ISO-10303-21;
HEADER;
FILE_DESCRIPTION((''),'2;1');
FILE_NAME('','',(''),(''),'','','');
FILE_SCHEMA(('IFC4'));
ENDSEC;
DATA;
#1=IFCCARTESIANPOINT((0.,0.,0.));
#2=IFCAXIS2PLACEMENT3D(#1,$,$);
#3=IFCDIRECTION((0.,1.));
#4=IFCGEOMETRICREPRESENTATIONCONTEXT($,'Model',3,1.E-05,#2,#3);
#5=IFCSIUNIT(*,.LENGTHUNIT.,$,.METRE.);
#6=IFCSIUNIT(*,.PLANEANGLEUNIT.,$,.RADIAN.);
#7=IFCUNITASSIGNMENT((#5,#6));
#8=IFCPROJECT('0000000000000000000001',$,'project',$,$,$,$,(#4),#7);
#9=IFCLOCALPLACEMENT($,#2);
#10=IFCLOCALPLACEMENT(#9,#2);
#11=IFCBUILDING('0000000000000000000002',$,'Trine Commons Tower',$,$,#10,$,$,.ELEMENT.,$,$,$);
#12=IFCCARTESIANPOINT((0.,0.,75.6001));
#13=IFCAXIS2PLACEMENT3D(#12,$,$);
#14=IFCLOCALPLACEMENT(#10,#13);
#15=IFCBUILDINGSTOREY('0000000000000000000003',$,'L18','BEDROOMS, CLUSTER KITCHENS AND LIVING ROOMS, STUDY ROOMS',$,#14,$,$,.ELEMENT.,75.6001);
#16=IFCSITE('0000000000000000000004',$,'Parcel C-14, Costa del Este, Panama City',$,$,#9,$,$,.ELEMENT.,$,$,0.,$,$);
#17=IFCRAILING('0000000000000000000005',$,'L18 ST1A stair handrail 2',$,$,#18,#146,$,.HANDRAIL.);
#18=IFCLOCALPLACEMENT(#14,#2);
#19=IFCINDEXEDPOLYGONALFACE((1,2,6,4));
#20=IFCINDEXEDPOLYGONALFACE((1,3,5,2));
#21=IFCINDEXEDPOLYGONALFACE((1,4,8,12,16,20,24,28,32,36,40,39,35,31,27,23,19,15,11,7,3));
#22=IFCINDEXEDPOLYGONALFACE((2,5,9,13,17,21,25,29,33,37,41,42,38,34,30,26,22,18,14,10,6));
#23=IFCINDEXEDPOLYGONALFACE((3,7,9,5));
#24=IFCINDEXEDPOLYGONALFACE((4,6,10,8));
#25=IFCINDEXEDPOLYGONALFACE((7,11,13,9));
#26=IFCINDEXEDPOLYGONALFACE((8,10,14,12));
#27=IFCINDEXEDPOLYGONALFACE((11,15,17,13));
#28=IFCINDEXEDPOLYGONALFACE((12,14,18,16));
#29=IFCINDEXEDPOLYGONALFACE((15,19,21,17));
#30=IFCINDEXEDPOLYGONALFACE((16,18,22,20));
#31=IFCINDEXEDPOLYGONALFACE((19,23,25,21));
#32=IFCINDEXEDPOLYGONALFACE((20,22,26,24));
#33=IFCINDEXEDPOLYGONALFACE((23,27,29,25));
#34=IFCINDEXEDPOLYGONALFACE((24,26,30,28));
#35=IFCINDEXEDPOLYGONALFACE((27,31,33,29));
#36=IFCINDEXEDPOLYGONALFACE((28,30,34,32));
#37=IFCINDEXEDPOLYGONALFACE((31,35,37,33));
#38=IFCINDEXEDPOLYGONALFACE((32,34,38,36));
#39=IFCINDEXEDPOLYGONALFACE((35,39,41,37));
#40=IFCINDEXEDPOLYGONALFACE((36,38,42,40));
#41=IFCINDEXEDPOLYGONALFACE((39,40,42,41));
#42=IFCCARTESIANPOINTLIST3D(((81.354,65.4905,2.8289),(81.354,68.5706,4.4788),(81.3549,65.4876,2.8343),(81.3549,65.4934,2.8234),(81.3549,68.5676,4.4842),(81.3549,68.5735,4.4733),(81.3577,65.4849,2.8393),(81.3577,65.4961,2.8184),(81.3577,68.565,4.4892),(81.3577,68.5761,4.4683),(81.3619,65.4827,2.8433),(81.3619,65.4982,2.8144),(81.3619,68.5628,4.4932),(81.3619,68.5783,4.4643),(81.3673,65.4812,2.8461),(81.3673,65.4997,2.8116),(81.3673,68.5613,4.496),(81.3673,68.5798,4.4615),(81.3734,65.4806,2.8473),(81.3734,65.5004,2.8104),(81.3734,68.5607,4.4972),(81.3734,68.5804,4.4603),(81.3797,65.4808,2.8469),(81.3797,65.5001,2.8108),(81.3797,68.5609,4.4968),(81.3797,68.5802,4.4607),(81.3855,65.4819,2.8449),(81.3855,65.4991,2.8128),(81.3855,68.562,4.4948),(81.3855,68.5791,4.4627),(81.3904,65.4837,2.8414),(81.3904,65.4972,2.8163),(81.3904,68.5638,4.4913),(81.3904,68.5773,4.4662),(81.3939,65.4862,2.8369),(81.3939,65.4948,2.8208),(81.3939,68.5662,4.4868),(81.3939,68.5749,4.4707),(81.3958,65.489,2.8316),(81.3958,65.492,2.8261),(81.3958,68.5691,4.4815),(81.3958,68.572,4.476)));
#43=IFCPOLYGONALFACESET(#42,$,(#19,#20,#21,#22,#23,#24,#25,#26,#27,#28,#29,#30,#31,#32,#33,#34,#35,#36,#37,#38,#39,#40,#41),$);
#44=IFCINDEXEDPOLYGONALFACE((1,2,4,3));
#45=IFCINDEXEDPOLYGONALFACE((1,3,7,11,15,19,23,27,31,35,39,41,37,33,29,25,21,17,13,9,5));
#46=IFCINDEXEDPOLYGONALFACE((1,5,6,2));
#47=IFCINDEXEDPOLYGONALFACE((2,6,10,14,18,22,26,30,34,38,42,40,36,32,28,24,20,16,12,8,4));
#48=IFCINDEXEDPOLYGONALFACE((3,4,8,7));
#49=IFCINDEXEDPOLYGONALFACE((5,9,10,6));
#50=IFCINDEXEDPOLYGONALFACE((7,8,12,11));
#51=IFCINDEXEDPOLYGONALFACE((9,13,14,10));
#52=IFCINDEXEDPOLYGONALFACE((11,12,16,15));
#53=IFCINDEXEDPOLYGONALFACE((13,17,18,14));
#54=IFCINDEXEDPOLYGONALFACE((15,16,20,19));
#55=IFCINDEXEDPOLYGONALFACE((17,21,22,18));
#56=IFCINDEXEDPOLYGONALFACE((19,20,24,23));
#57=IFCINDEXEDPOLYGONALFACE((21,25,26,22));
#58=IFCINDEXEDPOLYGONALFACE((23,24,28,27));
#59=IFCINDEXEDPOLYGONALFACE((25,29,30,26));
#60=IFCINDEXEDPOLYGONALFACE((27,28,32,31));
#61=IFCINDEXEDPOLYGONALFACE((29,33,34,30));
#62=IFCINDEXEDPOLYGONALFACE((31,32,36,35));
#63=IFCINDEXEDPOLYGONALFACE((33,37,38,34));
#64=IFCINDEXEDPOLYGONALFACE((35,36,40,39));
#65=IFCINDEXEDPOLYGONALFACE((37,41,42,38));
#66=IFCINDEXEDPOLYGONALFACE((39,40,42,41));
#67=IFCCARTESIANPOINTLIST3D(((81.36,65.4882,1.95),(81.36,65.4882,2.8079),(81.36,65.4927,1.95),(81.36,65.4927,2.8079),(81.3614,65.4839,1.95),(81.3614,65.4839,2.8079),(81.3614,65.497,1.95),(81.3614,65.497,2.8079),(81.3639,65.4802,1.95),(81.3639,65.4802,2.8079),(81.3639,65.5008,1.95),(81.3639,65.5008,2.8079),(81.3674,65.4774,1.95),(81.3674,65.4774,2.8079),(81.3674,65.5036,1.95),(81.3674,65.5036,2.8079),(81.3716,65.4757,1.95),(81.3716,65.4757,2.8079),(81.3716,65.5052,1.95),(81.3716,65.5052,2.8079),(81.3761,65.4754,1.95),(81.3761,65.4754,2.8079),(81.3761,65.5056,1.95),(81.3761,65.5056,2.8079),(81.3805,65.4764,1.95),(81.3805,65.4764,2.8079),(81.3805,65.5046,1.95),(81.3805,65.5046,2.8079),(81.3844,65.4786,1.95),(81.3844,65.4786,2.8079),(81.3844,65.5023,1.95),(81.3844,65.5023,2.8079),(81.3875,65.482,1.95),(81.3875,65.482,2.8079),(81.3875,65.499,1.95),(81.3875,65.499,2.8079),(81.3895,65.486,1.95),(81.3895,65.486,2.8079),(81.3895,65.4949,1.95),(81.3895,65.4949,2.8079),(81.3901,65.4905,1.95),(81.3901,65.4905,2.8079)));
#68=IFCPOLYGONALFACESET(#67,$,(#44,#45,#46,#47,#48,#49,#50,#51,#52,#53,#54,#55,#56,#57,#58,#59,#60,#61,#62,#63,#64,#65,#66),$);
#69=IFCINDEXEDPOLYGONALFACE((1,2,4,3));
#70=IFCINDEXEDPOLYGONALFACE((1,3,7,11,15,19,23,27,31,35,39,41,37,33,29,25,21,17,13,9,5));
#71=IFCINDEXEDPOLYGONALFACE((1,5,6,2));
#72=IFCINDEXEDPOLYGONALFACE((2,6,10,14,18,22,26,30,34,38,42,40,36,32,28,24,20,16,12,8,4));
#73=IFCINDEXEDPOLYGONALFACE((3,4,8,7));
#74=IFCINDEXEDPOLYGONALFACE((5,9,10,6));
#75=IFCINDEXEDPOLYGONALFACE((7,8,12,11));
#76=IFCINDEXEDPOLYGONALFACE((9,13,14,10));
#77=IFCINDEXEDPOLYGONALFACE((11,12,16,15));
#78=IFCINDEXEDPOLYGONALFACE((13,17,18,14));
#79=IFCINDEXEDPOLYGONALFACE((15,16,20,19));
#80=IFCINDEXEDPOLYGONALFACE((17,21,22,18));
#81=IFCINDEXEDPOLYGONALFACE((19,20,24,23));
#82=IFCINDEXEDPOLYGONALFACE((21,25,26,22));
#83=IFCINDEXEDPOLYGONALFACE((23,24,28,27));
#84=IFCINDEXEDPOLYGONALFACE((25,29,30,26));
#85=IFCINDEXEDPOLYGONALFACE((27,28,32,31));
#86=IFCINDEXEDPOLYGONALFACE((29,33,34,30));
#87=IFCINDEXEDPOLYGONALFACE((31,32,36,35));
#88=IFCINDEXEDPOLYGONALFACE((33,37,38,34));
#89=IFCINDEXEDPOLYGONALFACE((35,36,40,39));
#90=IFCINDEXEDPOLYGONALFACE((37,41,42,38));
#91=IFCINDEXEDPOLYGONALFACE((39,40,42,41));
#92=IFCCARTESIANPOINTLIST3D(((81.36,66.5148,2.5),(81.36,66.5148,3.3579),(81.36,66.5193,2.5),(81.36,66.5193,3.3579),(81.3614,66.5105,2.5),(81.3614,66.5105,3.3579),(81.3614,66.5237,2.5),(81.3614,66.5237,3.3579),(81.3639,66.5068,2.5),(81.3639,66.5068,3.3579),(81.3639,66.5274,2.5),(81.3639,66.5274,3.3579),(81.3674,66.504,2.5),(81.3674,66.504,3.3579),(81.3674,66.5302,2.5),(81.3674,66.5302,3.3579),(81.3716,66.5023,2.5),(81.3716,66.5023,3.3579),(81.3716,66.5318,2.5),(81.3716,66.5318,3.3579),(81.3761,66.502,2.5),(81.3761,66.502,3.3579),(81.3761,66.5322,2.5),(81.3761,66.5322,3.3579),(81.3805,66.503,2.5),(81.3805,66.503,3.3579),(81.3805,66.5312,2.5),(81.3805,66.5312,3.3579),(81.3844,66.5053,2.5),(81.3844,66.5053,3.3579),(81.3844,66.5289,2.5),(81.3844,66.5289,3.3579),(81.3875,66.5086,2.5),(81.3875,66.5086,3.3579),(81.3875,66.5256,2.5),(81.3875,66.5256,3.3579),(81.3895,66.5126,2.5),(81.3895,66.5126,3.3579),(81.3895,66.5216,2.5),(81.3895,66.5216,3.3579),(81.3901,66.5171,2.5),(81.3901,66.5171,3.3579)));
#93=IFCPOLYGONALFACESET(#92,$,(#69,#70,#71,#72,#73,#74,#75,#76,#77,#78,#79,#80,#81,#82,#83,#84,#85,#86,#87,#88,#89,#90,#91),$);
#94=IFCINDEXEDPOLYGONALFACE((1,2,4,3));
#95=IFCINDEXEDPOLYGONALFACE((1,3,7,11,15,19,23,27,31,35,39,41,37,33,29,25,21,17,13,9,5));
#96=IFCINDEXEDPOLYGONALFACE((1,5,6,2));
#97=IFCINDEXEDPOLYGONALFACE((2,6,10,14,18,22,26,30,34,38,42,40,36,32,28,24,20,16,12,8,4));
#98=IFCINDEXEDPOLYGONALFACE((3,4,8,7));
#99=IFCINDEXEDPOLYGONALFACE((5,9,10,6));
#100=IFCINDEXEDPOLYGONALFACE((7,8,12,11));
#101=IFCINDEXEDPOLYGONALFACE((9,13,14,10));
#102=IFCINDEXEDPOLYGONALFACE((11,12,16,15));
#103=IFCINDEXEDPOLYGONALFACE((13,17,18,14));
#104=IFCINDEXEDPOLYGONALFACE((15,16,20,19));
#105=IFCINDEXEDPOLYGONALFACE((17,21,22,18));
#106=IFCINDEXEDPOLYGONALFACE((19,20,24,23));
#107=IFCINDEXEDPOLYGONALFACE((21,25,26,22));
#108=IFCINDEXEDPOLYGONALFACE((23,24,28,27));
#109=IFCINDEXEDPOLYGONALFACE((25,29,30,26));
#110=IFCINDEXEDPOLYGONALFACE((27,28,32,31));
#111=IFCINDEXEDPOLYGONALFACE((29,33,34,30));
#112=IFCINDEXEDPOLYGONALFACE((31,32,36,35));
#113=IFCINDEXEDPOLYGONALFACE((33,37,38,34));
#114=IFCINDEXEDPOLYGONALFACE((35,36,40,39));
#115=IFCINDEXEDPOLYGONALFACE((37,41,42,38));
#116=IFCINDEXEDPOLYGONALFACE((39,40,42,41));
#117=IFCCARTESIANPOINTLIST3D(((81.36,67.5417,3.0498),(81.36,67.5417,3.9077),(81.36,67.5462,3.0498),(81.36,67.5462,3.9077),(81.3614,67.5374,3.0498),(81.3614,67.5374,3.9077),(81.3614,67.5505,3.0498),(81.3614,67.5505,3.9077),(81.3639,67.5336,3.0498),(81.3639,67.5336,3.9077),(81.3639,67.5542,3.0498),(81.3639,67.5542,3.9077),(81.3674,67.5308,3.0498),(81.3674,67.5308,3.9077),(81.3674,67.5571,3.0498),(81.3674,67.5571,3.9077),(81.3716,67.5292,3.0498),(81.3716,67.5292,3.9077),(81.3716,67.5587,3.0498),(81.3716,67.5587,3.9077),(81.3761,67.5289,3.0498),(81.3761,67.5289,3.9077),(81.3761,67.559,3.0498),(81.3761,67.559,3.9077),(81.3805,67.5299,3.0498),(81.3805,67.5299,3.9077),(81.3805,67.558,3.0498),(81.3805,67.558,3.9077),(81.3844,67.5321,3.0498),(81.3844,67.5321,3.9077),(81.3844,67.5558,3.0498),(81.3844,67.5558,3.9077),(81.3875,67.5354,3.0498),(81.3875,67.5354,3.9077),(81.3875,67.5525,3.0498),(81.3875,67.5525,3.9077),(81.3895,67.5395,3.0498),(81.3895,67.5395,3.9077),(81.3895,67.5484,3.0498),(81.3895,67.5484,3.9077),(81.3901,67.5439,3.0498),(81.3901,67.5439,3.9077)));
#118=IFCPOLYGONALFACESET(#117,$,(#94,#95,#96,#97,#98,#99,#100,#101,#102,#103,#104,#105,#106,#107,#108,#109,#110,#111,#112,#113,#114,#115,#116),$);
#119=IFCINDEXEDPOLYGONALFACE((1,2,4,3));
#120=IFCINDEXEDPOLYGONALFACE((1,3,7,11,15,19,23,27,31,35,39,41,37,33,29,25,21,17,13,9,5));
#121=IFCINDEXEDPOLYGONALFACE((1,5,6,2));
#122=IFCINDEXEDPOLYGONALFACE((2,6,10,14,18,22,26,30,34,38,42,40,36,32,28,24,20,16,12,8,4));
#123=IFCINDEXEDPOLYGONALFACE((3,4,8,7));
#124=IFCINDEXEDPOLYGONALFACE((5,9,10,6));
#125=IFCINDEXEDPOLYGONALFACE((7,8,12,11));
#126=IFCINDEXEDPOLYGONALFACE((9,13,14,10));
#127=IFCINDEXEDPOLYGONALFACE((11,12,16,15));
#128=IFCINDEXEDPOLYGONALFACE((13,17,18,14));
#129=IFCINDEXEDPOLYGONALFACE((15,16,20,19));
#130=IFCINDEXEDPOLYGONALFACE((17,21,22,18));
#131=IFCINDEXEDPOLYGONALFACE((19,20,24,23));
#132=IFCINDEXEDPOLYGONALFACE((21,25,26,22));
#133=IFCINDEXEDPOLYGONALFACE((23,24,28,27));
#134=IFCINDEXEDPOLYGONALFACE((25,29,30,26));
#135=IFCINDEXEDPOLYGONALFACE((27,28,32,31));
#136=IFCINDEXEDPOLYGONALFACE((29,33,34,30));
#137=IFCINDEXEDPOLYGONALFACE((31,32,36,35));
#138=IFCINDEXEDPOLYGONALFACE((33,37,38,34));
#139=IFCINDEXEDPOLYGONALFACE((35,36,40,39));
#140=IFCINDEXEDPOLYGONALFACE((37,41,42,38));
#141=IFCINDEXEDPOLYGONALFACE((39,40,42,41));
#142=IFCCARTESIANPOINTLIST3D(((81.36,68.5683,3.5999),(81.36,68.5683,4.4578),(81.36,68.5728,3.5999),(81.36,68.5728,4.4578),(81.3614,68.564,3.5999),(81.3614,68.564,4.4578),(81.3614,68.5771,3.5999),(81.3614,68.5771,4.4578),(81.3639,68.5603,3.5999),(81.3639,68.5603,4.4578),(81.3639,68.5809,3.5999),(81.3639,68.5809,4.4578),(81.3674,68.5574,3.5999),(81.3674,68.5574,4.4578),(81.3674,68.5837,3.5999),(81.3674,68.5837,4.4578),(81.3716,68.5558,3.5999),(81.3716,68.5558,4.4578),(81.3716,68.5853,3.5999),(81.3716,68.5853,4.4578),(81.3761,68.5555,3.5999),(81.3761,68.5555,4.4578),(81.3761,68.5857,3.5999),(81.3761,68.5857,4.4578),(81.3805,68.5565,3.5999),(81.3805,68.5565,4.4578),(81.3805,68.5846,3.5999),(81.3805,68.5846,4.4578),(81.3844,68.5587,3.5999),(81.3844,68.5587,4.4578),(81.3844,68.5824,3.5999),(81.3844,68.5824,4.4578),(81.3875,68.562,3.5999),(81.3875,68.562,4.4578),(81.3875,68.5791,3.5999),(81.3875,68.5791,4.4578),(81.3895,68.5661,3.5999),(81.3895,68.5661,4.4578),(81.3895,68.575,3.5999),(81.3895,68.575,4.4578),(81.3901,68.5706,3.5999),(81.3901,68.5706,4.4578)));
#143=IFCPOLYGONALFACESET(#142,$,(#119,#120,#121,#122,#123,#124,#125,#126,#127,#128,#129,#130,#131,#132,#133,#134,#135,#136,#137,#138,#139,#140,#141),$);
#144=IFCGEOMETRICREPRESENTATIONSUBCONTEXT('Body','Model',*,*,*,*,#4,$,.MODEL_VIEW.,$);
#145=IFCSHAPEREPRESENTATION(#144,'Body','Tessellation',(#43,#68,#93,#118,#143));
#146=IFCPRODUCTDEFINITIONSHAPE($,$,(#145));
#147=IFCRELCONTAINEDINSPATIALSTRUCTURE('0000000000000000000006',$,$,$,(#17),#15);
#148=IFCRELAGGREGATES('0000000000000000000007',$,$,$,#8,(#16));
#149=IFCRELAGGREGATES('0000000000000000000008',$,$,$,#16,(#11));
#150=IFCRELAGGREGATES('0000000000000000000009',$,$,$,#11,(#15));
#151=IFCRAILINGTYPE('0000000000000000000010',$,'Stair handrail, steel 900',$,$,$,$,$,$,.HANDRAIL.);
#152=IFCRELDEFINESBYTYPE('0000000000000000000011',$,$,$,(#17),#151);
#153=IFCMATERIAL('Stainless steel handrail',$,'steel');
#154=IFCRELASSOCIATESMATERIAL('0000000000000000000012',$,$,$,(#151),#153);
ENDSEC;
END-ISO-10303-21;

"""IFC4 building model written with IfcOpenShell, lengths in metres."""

from ifc_helpers import new_model, si_unit, direction, frame, origin, origin_2d, place, context, subcontext, project, spatial, circle, extrude, material, type_object, element, save


model = new_model("IFC4")

# Units and contexts
model_context = context("Model", 3, precision=1e-05, world=origin(), true_north=direction((0.0, 1.0)))
body_context = subcontext(model_context, "Body", "Model", "MODEL_VIEW")
ifc_project = project(units=[si_unit("LENGTHUNIT", "METRE"), si_unit("PLANEANGLEUNIT", "RADIAN")], contexts=[model_context])

# Site, building, storey
site_placement = place(None, origin())
site = spatial("IfcSite", under=ifc_project, at=site_placement, Name="Parcel C-14, Costa del Este, Panama City", CompositionType="ELEMENT", RefElevation=0.0)
building_placement = place(site_placement, origin())
building = spatial("IfcBuilding", under=site, at=building_placement, Name="Trine Commons Tower", CompositionType="ELEMENT")
storey_placement = place(building_placement, frame((0.0, 0.0, 75.6001)))
storey = spatial("IfcBuildingStorey", under=building, at=storey_placement, Name="L18", Description="BEDROOMS, CLUSTER KITCHENS AND LIVING ROOMS, STUDY ROOMS", CompositionType="ELEMENT", Elevation=75.6001)

# Railing
ifc_material_1 = material(Name="Stainless steel handrail", Category="steel")
railing_type_1 = type_object("IfcRailingType", Name="Stair handrail, steel 900", PredefinedType="HANDRAIL", material=ifc_material_1)
railing_1_placement = place(storey_placement, frame((81.375, 65.4905, 1.95)))
element("IfcRailing", 1, at=railing_1_placement, inside=storey, type_object=railing_type_1, Name="L18 ST1A stair handrail 2", PredefinedType="HANDRAIL", context=body_context, shape_type="SweptSolid", body=[
    extrude(circle(Radius=0.021, at=origin_2d()), frame((0.0, 0.0, 0.8789), z_axis=(0.0, 0.881497, 0.47219), x_axis=(-1.0, 0.0, 0.0)), (0.0, 0.0, 1.0), 3.4941),
    extrude(circle(Radius=0.0151, at=origin_2d()), origin(), (0.0, 0.0, 1.0), 0.8579),
    extrude(circle(Radius=0.0151, at=origin_2d()), frame((0.0, 1.0266, 0.55)), (0.0, 0.0, 1.0), 0.8579),
    extrude(circle(Radius=0.0151, at=origin_2d()), frame((0.0, 2.0535, 1.0999)), (0.0, 0.0, 1.0), 0.8579),
    extrude(circle(Radius=0.0151, at=origin_2d()), frame((0.0, 3.0801, 1.6499)), (0.0, 0.0, 1.0), 0.8579),
])

save(model, "model.ifc")
